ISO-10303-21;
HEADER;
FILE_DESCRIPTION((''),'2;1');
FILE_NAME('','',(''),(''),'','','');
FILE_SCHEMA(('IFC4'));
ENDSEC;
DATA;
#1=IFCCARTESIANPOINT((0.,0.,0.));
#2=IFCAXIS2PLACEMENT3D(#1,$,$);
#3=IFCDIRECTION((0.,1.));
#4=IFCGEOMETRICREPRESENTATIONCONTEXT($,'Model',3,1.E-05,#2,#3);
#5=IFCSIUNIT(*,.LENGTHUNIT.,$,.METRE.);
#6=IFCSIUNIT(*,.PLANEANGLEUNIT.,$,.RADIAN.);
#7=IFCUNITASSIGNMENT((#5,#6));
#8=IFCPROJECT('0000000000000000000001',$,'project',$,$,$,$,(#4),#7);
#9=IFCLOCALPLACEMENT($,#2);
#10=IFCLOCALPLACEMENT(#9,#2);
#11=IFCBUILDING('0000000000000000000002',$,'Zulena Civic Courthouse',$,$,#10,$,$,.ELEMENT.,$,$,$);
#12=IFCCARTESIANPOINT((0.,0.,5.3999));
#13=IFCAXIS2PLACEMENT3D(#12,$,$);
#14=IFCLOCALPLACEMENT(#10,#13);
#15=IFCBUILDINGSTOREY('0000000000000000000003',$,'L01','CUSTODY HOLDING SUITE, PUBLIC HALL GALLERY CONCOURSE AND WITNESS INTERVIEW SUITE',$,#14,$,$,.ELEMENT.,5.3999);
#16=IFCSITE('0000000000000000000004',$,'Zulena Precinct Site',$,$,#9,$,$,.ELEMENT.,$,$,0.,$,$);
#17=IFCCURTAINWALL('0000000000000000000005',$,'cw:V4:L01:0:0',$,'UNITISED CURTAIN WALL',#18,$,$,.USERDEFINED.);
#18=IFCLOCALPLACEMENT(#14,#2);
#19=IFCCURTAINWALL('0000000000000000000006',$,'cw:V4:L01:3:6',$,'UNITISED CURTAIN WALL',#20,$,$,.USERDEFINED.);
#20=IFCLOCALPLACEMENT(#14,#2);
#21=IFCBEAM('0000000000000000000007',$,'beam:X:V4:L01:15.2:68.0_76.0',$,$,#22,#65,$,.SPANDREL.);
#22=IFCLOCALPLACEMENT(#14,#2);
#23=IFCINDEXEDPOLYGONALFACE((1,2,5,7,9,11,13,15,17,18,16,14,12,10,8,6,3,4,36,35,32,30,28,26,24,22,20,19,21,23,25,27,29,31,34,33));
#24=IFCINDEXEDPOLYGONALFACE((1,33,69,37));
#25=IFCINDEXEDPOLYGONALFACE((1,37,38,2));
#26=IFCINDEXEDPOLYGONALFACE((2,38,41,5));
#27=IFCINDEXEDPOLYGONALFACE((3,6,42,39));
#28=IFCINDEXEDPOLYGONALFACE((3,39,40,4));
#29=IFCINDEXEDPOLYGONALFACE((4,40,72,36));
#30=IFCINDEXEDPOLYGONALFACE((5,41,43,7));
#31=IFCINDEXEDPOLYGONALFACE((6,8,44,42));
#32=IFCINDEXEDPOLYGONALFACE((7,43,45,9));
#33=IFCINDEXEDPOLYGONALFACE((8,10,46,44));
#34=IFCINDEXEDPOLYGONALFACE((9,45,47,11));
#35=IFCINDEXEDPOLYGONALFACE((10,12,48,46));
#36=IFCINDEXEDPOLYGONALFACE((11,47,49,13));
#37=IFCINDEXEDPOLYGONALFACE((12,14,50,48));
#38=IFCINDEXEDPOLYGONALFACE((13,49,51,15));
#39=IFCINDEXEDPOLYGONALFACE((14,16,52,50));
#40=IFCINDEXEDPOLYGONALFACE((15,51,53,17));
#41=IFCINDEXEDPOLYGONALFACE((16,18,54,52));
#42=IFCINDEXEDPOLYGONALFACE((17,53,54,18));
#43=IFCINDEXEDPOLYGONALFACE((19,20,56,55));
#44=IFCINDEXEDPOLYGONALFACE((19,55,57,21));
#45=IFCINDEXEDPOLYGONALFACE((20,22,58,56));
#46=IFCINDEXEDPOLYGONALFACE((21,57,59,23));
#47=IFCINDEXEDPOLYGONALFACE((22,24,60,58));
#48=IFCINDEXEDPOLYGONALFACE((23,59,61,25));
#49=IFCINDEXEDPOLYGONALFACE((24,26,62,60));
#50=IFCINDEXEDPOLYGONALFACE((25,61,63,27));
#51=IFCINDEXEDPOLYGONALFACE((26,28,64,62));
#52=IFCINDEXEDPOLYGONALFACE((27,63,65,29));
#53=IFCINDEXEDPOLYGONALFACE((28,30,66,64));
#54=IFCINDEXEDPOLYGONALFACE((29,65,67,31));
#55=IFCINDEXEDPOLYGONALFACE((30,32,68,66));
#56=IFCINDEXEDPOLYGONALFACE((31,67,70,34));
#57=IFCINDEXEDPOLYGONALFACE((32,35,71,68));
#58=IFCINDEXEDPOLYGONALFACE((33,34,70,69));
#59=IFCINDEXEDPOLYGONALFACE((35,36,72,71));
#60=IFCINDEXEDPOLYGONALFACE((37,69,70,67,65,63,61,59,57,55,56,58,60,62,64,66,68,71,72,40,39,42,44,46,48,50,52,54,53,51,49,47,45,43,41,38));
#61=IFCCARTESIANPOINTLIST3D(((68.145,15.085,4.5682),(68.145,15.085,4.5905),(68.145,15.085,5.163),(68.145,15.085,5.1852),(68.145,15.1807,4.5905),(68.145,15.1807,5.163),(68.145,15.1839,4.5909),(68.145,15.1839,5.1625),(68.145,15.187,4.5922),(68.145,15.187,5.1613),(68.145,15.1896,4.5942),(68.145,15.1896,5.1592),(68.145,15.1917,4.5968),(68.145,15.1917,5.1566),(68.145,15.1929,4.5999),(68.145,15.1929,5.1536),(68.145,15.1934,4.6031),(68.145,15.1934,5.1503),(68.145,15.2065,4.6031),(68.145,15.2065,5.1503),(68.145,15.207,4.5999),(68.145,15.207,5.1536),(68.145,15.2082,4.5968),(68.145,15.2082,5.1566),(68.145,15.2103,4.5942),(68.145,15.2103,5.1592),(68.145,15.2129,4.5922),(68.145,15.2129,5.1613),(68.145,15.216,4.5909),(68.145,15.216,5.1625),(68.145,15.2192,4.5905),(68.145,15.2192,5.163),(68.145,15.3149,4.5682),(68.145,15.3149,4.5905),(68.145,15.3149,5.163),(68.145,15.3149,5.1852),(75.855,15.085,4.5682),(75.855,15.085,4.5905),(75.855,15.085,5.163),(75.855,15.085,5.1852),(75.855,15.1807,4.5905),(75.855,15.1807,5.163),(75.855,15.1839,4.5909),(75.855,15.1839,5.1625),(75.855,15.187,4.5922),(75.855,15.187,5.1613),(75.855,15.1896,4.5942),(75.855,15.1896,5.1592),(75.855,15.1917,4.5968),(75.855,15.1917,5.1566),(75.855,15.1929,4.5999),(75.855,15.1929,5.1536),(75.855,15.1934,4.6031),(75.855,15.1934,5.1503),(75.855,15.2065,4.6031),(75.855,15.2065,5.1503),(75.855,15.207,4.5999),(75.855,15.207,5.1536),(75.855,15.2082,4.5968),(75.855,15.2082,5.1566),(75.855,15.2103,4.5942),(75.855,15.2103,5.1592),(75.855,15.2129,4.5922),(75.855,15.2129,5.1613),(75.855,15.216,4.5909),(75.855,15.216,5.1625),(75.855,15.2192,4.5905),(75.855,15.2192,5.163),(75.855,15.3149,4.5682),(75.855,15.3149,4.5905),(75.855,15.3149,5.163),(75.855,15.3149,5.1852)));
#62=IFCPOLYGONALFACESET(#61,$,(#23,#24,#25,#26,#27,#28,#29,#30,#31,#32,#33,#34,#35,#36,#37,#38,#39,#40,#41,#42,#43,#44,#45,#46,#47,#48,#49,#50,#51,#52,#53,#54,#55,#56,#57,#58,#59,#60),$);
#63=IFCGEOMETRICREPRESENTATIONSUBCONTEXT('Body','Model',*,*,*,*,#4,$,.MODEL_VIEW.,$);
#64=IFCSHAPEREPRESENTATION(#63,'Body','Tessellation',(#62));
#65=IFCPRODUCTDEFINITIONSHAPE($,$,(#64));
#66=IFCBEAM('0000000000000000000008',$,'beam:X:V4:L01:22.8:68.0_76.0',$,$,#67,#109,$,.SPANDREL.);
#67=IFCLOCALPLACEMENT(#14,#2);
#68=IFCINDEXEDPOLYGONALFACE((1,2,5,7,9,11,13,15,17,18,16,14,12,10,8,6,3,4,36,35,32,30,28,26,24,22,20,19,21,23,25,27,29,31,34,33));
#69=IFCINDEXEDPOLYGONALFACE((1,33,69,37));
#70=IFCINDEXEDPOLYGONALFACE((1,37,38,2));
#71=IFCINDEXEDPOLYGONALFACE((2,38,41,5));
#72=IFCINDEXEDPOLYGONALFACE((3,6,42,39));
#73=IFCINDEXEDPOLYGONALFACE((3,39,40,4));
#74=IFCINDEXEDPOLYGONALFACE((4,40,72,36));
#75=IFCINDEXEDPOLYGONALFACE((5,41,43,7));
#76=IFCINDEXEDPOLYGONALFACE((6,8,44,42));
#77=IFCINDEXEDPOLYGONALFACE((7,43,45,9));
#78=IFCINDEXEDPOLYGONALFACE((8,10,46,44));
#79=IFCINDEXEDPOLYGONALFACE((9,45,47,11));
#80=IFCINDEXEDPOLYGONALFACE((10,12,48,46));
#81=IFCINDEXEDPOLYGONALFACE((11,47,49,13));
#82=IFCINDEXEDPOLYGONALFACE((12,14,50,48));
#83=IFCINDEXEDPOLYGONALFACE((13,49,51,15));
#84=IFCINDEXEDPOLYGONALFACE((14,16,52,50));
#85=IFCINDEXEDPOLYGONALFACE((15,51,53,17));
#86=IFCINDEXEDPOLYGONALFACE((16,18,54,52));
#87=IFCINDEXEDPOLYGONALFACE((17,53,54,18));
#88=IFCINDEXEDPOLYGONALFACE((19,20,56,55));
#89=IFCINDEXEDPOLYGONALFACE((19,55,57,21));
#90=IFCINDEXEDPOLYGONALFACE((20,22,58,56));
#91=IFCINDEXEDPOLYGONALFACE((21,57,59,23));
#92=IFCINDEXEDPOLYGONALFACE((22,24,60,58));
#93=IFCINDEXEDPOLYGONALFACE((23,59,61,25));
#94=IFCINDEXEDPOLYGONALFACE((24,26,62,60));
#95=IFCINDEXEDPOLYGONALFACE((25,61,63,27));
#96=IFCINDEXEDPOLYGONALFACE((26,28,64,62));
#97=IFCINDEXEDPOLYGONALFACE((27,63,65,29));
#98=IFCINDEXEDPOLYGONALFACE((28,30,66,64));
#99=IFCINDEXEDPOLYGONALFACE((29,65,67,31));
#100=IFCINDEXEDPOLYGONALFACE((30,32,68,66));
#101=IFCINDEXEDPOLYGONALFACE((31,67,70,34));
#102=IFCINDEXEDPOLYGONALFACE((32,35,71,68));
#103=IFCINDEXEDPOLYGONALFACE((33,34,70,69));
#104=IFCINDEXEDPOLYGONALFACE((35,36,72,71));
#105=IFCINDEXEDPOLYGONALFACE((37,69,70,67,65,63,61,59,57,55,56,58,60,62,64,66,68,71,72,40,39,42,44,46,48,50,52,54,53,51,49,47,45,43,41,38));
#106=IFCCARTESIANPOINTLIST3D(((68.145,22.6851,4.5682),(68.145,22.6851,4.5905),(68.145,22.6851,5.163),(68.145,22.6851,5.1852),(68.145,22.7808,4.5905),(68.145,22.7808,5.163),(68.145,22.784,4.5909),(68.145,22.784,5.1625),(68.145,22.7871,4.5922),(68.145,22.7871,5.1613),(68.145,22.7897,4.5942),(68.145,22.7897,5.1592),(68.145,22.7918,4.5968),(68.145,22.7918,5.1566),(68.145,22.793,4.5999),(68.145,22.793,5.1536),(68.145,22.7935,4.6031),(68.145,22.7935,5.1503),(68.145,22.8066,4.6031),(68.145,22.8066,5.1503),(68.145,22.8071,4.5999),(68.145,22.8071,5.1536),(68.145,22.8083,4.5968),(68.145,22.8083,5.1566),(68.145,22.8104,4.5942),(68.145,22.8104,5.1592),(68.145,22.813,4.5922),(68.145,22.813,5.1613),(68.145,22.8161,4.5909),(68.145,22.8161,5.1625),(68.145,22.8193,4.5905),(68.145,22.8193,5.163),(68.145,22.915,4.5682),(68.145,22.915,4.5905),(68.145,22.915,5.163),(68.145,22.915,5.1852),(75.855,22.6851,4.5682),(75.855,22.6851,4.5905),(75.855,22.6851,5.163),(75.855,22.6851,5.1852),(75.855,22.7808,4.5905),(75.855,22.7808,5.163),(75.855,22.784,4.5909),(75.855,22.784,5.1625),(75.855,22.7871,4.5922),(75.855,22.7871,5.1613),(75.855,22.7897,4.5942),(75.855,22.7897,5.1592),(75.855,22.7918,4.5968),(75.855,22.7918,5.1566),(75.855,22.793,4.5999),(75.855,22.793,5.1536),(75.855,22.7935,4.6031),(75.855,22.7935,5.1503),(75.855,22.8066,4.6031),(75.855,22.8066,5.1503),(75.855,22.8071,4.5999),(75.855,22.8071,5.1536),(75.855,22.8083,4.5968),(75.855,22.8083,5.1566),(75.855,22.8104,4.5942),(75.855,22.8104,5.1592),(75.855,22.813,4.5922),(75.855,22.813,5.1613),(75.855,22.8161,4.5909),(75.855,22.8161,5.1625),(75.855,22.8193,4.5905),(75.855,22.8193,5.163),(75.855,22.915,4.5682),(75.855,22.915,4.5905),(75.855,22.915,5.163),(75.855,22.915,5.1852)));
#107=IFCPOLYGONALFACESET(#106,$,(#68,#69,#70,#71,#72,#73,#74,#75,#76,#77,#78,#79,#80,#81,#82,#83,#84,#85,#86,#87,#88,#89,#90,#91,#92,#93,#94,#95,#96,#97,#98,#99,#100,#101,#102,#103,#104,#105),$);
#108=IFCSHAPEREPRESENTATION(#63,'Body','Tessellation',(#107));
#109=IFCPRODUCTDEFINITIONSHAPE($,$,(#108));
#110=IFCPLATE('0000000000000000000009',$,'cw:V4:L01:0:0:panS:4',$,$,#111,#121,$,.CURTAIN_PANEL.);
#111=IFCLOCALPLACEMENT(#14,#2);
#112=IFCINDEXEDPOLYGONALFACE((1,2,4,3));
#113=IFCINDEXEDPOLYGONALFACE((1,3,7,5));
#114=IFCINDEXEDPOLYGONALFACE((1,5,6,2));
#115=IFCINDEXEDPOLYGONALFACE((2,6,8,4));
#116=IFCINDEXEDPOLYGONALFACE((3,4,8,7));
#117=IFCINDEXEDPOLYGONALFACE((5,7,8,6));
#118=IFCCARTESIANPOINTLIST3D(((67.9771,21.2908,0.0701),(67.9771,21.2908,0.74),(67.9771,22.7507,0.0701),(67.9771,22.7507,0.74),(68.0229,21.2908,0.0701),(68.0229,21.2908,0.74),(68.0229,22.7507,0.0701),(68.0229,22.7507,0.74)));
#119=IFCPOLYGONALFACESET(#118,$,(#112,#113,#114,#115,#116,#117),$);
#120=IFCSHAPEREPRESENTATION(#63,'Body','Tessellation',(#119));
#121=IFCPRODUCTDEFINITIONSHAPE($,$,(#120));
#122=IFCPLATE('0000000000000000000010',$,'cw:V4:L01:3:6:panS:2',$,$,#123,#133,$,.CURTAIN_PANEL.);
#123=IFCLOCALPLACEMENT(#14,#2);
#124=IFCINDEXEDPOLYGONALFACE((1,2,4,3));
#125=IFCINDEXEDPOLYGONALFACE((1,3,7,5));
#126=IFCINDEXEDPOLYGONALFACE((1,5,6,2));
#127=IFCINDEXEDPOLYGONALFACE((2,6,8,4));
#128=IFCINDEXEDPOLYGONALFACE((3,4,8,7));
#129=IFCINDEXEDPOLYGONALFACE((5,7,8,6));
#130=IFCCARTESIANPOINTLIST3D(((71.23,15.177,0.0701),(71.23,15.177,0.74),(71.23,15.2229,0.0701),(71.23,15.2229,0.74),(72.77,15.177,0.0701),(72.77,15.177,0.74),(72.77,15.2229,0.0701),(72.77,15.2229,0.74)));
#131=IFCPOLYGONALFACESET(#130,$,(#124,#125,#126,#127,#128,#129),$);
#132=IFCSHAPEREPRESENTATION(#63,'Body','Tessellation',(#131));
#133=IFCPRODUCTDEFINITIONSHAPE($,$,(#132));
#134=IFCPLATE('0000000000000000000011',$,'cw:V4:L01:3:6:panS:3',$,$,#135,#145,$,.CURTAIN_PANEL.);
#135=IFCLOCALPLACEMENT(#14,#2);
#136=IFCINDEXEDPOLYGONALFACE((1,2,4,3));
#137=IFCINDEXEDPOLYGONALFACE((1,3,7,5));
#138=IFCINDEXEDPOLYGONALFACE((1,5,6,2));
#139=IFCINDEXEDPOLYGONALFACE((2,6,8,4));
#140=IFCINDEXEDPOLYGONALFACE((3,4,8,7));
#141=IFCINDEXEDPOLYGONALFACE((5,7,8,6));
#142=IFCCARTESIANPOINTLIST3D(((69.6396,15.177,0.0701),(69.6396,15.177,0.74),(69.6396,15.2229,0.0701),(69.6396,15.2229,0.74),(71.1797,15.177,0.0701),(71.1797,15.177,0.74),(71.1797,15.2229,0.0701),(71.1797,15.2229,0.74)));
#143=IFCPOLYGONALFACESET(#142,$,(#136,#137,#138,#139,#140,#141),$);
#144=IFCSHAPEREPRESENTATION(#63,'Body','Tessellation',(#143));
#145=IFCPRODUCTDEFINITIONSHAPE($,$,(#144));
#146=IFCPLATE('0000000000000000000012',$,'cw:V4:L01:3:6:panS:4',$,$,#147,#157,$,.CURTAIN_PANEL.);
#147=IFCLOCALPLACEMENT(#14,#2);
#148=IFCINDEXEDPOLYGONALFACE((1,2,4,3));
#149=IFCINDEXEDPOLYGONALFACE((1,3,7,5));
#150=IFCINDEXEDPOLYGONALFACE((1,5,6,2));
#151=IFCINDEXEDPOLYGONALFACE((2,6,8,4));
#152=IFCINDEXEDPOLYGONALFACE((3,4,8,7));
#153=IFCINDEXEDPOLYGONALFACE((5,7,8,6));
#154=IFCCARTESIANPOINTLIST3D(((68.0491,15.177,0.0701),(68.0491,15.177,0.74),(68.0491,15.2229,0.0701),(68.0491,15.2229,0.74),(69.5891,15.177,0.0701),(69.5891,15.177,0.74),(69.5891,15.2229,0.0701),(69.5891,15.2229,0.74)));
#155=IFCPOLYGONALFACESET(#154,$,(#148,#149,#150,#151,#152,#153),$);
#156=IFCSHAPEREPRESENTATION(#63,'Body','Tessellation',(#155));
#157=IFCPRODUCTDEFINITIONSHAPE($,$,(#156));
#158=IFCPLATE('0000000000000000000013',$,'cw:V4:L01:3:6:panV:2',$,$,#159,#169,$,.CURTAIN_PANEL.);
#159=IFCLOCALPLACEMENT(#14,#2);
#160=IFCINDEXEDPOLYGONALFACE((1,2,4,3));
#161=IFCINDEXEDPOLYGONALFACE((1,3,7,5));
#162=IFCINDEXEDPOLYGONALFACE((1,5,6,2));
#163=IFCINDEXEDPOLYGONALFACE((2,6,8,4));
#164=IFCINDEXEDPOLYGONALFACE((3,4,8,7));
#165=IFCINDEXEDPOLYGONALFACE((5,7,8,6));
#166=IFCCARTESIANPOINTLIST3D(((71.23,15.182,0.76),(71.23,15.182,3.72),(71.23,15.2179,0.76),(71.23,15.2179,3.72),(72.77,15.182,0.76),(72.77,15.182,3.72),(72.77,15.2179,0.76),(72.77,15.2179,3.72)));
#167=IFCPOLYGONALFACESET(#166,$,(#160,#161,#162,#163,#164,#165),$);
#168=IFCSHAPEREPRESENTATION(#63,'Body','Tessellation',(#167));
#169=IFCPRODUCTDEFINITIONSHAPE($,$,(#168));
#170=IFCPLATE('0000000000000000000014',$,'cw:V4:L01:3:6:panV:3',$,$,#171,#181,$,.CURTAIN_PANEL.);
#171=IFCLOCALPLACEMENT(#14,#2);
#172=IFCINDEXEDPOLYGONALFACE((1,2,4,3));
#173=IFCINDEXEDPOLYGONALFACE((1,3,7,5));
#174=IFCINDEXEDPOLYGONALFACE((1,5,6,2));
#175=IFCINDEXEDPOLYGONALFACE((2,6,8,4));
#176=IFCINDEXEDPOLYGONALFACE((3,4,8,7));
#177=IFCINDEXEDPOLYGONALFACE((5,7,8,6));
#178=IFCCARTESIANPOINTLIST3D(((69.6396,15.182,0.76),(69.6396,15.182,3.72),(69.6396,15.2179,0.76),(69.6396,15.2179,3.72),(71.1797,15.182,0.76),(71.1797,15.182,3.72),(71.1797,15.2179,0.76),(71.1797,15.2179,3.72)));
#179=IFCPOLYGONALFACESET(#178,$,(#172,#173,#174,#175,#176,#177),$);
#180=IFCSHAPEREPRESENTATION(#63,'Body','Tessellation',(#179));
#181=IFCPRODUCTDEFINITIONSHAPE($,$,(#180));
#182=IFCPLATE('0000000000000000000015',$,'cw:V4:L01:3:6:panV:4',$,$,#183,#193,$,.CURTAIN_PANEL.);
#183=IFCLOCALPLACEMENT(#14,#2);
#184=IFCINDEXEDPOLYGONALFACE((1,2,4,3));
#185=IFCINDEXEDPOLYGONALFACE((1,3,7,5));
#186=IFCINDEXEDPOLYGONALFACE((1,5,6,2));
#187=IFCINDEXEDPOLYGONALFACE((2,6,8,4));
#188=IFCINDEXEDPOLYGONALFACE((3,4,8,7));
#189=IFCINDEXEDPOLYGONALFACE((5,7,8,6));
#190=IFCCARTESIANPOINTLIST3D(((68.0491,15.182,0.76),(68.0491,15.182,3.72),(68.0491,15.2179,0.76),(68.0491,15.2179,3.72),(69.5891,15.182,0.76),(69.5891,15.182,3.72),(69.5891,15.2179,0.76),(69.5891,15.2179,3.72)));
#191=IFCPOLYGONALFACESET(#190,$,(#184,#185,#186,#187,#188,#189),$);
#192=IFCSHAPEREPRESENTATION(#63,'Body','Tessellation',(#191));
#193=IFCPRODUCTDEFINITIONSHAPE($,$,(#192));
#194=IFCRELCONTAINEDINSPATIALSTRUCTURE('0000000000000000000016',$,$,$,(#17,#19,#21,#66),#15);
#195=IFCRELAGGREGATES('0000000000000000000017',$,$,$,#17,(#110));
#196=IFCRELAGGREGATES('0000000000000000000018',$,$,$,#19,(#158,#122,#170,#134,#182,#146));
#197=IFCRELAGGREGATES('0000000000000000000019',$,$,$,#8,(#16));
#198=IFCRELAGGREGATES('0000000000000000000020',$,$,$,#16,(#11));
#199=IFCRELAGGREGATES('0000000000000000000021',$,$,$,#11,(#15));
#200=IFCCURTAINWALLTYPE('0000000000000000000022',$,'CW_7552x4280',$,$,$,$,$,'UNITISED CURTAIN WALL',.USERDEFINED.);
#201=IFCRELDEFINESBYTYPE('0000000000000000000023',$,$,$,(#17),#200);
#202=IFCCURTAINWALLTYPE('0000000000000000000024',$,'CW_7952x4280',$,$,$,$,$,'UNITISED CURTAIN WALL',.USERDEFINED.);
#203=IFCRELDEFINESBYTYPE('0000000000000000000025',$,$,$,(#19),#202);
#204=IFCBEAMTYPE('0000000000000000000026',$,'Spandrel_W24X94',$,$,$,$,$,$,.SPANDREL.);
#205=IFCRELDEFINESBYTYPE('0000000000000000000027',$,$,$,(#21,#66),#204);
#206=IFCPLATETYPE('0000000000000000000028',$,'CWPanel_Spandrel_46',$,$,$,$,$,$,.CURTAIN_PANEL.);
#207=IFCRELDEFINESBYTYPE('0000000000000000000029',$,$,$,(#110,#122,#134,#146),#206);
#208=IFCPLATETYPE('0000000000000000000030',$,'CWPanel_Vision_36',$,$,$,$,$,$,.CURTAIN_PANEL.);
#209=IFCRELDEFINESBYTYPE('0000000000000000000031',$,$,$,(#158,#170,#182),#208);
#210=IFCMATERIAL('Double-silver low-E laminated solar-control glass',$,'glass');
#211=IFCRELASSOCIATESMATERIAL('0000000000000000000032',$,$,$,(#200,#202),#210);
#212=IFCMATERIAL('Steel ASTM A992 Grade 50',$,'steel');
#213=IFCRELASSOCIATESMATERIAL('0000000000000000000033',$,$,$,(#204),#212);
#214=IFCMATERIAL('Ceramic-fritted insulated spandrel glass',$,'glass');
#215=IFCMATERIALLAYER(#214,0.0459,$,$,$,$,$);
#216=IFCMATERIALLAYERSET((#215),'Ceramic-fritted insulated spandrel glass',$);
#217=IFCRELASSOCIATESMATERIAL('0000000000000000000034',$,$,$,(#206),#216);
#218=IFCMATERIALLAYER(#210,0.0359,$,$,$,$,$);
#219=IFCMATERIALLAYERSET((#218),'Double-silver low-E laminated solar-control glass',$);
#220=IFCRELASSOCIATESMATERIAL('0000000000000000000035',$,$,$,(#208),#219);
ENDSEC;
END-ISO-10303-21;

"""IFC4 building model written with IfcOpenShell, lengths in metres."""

from ifc_helpers import new_model, si_unit, direction, frame, origin, origin_2d, place, context, subcontext, project, spatial, rectangle, i_section, extrude, material, layer, layer_set, material_profile, profile_set, type_object, element, aggregate, save


model = new_model("IFC4")

# Units and contexts
model_context = context("Model", 3, precision=1e-05, world=origin(), true_north=direction((0.0, 1.0)))
body_context = subcontext(model_context, "Body", "Model", "MODEL_VIEW")
ifc_project = project(units=[si_unit("LENGTHUNIT", "METRE"), si_unit("PLANEANGLEUNIT", "RADIAN")], contexts=[model_context])

# Site, building, storey
site_placement = place(None, origin())
site = spatial("IfcSite", under=ifc_project, at=site_placement, Name="Zulena Precinct Site", CompositionType="ELEMENT", RefElevation=0.0)
building_placement = place(site_placement, origin())
building = spatial("IfcBuilding", under=site, at=building_placement, Name="Zulena Civic Courthouse", CompositionType="ELEMENT")
storey_placement = place(building_placement, frame((0.0, 0.0, 5.3999)))
storey = spatial("IfcBuildingStorey", under=building, at=storey_placement, Name="L01", Description="CUSTODY HOLDING SUITE, PUBLIC HALL GALLERY CONCOURSE AND WITNESS INTERVIEW SUITE", CompositionType="ELEMENT", Elevation=5.3999)

# Shared definitions
ifc_material_1 = material(Name="Steel ASTM A992 Grade 50", Category="steel")

# Curtain wall
ifc_material_2 = material(Name="Double-silver low-E laminated solar-control glass", Category="glass")
curtain_wall_type_1 = type_object("IfcCurtainWallType", Name="CW_7552x4280", ElementType="UNITISED CURTAIN WALL", PredefinedType="USERDEFINED", material=ifc_material_2)
curtain_wall_1_placement = place(storey_placement, origin())
curtain_wall_1 = element("IfcCurtainWall", 1, at=curtain_wall_1_placement, inside=storey, type_object=curtain_wall_type_1, Name="cw:V4:L01:0:0", ObjectType="UNITISED CURTAIN WALL", PredefinedType="USERDEFINED")

# Curtain wall
curtain_wall_type_2 = type_object("IfcCurtainWallType", Name="CW_7952x4280", ElementType="UNITISED CURTAIN WALL", PredefinedType="USERDEFINED", material=ifc_material_2)
curtain_wall_2_placement = place(storey_placement, origin())
curtain_wall_2 = element("IfcCurtainWall", 2, at=curtain_wall_2_placement, inside=storey, type_object=curtain_wall_type_2, Name="cw:V4:L01:3:6", ObjectType="UNITISED CURTAIN WALL", PredefinedType="USERDEFINED")

# Beams
ifc_material_profile_1 = material_profile(ifc_material_1, i_section(OverallWidth=0.23, OverallDepth=0.6169, WebThickness=0.0132, FlangeThickness=0.0222, FilletRadius=0.0127, at=origin_2d()), Name="W24X94")
ifc_profile_set_1 = profile_set([ifc_material_profile_1], Name="Steel ASTM A992 Grade 50")
beam_type_1 = type_object("IfcBeamType", Name="Spandrel_W24X94", PredefinedType="SPANDREL", material=ifc_profile_set_1)
for number, where, z_axis, x_axis, name in (
    (3, (68.145, 15.2, 4.8767), (1.0, 0.0, 0.0), (0.0, 1.0, 0.0), "beam:X:V4:L01:15.2:68.0_76.0"),
    (4, (68.145, 22.8, 4.8767), (1.0, 0.0, 0.0), (0.0, 1.0, 0.0), "beam:X:V4:L01:22.8:68.0_76.0"),
):
    element("IfcBeam", number, at=place(storey_placement, frame(where, z_axis=z_axis, x_axis=x_axis)), inside=storey, type_object=beam_type_1, Name=name, PredefinedType="SPANDREL", context=body_context, shape_type="SweptSolid", body=[
        extrude(i_section(OverallWidth=0.23, OverallDepth=0.6169, WebThickness=0.0132, FlangeThickness=0.0222, FilletRadius=0.0127, at=origin_2d()), origin(), (0.0, 0.0, 1.0), 7.71),
    ])

# Plates
ifc_material_3 = material(Name="Ceramic-fritted insulated spandrel glass", Category="glass")
ifc_layer_1 = layer(ifc_material_3, 0.0459)
ifc_layer_set_1 = layer_set([ifc_layer_1], Name="Ceramic-fritted insulated spandrel glass")
plate_type_1 = type_object("IfcPlateType", Name="CWPanel_Spandrel_46", PredefinedType="CURTAIN_PANEL", material=ifc_layer_set_1)
plate_1_placement = place(storey_placement, frame((68.0, 22.0208, 0.0701), z_axis=(0.0, 0.0, 1.0), x_axis=(0.0, 1.0, 0.0)))
plate_1 = element("IfcPlate", 5, at=plate_1_placement, type_object=plate_type_1, Name="cw:V4:L01:0:0:panS:4", PredefinedType="CURTAIN_PANEL", context=body_context, shape_type="SweptSolid", body=[
    extrude(rectangle(XDim=1.46, YDim=0.0459, at=origin_2d()), origin(), (0.0, 0.0, 1.0), 0.6699),
])
aggregate(curtain_wall_1, [plate_1])
plate_2_placement = place(storey_placement, frame((72.0, 15.2, 0.0701), z_axis=(0.0, 0.0, 1.0), x_axis=(-1.0, 0.0, 0.0)))
plate_2 = element("IfcPlate", 6, at=plate_2_placement, type_object=plate_type_1, Name="cw:V4:L01:3:6:panS:2", PredefinedType="CURTAIN_PANEL", context=body_context, shape_type="SweptSolid", body=[
    extrude(rectangle(XDim=1.54, YDim=0.0459, at=origin_2d()), origin(), (0.0, 0.0, 1.0), 0.6699),
])
plate_3_placement = place(storey_placement, frame((70.4097, 15.2, 0.0701), z_axis=(0.0, 0.0, 1.0), x_axis=(-1.0, 0.0, 0.0)))
plate_3 = element("IfcPlate", 7, at=plate_3_placement, type_object=plate_type_1, Name="cw:V4:L01:3:6:panS:3", PredefinedType="CURTAIN_PANEL", context=body_context, shape_type="SweptSolid", body=[
    extrude(rectangle(XDim=1.54, YDim=0.0459, at=origin_2d()), origin(), (0.0, 0.0, 1.0), 0.6699),
])
plate_4_placement = place(storey_placement, frame((68.8191, 15.2, 0.0701), z_axis=(0.0, 0.0, 1.0), x_axis=(-1.0, 0.0, 0.0)))
plate_4 = element("IfcPlate", 8, at=plate_4_placement, type_object=plate_type_1, Name="cw:V4:L01:3:6:panS:4", PredefinedType="CURTAIN_PANEL", context=body_context, shape_type="SweptSolid", body=[
    extrude(rectangle(XDim=1.54, YDim=0.0459, at=origin_2d()), origin(), (0.0, 0.0, 1.0), 0.6699),
])
ifc_layer_2 = layer(ifc_material_2, 0.0359)
ifc_layer_set_2 = layer_set([ifc_layer_2], Name="Double-silver low-E laminated solar-control glass")
plate_type_2 = type_object("IfcPlateType", Name="CWPanel_Vision_36", PredefinedType="CURTAIN_PANEL", material=ifc_layer_set_2)
plate_5_placement = place(storey_placement, frame((72.0, 15.2, 0.76), z_axis=(0.0, 0.0, 1.0), x_axis=(-1.0, 0.0, 0.0)))
plate_5 = element("IfcPlate", 9, at=plate_5_placement, type_object=plate_type_2, Name="cw:V4:L01:3:6:panV:2", PredefinedType="CURTAIN_PANEL", context=body_context, shape_type="SweptSolid", body=[
    extrude(rectangle(XDim=1.54, YDim=0.0359, at=origin_2d()), origin(), (0.0, 0.0, 1.0), 2.96),
])
plate_6_placement = place(storey_placement, frame((70.4097, 15.2, 0.76), z_axis=(0.0, 0.0, 1.0), x_axis=(-1.0, 0.0, 0.0)))
plate_6 = element("IfcPlate", 10, at=plate_6_placement, type_object=plate_type_2, Name="cw:V4:L01:3:6:panV:3", PredefinedType="CURTAIN_PANEL", context=body_context, shape_type="SweptSolid", body=[
    extrude(rectangle(XDim=1.54, YDim=0.0359, at=origin_2d()), origin(), (0.0, 0.0, 1.0), 2.96),
])
plate_7_placement = place(storey_placement, frame((68.8191, 15.2, 0.76), z_axis=(0.0, 0.0, 1.0), x_axis=(-1.0, 0.0, 0.0)))
plate_7 = element("IfcPlate", 11, at=plate_7_placement, type_object=plate_type_2, Name="cw:V4:L01:3:6:panV:4", PredefinedType="CURTAIN_PANEL", context=body_context, shape_type="SweptSolid", body=[
    extrude(rectangle(XDim=1.54, YDim=0.0359, at=origin_2d()), origin(), (0.0, 0.0, 1.0), 2.96),
])
aggregate(curtain_wall_2, [plate_5, plate_2, plate_6, plate_3, plate_7, plate_4])

save(model, "model.ifc")
